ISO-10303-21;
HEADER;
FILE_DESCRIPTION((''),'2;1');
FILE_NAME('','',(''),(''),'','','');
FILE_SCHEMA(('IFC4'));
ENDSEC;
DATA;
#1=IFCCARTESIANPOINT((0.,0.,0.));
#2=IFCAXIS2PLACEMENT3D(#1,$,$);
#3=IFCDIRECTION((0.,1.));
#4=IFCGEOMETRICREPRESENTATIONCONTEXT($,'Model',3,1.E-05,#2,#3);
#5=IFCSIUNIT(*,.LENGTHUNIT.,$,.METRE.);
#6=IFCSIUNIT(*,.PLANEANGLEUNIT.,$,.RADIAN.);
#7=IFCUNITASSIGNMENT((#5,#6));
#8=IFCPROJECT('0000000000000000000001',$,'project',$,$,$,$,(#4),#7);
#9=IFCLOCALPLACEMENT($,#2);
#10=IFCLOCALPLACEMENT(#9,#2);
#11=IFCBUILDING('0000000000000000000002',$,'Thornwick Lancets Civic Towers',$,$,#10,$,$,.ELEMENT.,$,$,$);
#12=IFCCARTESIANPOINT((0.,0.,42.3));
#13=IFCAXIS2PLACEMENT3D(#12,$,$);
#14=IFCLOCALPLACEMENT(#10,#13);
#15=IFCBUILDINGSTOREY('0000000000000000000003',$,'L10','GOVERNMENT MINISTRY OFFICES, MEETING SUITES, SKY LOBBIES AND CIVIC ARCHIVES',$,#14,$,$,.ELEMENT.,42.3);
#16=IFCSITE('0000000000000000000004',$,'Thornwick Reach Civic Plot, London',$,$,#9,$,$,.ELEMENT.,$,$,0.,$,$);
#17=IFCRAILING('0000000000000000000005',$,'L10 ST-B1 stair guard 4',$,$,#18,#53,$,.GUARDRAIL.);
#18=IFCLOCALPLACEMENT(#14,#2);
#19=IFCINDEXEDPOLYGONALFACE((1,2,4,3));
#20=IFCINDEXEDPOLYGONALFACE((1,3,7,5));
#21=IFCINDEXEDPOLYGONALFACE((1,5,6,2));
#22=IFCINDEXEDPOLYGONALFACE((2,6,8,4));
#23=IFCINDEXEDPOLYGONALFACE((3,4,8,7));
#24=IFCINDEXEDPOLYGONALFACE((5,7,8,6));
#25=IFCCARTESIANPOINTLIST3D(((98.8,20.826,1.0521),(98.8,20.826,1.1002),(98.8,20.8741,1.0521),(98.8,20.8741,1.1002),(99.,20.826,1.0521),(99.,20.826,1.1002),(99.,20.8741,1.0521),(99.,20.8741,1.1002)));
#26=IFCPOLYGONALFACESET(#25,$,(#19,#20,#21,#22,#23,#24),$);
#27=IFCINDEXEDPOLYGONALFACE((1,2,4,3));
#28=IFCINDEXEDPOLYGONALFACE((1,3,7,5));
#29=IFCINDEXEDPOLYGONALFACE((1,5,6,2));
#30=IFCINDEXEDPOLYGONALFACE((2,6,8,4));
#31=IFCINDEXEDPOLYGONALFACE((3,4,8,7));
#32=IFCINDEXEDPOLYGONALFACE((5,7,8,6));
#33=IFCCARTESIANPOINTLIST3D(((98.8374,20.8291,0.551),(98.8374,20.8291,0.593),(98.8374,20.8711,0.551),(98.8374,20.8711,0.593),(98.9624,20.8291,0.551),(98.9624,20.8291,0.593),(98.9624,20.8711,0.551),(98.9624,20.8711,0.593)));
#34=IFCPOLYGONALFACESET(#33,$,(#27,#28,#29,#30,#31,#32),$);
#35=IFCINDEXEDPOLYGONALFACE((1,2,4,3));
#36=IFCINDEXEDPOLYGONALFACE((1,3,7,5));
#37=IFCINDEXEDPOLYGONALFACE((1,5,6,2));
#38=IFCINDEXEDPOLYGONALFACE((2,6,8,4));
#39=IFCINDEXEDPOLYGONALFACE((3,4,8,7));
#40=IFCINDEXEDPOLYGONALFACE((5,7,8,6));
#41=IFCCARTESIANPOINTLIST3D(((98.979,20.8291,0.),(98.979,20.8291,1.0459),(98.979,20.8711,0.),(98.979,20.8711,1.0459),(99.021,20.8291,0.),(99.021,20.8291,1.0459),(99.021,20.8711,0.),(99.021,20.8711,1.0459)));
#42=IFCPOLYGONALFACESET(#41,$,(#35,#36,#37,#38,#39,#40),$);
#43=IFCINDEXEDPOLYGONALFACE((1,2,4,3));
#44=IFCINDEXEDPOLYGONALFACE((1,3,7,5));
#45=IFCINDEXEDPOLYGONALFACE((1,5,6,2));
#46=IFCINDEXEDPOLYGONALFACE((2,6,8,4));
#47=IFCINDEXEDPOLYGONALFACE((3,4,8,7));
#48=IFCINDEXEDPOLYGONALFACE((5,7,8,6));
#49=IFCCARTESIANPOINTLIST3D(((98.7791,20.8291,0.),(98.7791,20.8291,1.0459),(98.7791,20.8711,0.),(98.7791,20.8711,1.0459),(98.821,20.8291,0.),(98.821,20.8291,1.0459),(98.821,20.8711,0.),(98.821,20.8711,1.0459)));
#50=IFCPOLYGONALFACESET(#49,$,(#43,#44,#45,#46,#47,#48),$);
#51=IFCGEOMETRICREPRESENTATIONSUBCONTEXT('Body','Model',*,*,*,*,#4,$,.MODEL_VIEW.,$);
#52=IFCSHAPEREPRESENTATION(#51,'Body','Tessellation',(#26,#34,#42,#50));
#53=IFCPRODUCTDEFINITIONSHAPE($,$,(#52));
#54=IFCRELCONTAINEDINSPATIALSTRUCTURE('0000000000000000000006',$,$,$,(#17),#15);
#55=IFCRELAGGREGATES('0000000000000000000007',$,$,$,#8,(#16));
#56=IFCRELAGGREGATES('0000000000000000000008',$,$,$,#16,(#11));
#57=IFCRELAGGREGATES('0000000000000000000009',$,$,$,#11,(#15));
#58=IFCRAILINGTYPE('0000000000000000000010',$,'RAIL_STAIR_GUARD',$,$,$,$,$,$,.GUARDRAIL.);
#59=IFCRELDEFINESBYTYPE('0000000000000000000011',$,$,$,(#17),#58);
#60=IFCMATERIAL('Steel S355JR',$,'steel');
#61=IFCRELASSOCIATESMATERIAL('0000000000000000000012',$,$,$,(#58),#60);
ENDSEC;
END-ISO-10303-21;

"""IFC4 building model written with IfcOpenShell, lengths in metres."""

from ifc_helpers import new_model, si_unit, direction, frame, origin, origin_2d, place, context, subcontext, project, spatial, rectangle, extrude, material, type_object, element, save


model = new_model("IFC4")

# Units and contexts
model_context = context("Model", 3, precision=1e-05, world=origin(), true_north=direction((0.0, 1.0)))
body_context = subcontext(model_context, "Body", "Model", "MODEL_VIEW")
ifc_project = project(units=[si_unit("LENGTHUNIT", "METRE"), si_unit("PLANEANGLEUNIT", "RADIAN")], contexts=[model_context])

# Site, building, storey
site_placement = place(None, origin())
site = spatial("IfcSite", under=ifc_project, at=site_placement, Name="Thornwick Reach Civic Plot, London", CompositionType="ELEMENT", RefElevation=0.0)
building_placement = place(site_placement, origin())
building = spatial("IfcBuilding", under=site, at=building_placement, Name="Thornwick Lancets Civic Towers", CompositionType="ELEMENT")
storey_placement = place(building_placement, frame((0.0, 0.0, 42.3)))
storey = spatial("IfcBuildingStorey", under=building, at=storey_placement, Name="L10", Description="GOVERNMENT MINISTRY OFFICES, MEETING SUITES, SKY LOBBIES AND CIVIC ARCHIVES", CompositionType="ELEMENT", Elevation=42.3)

# Railing
ifc_material_1 = material(Name="Steel S355JR", Category="steel")
railing_type = type_object("IfcRailingType", Name="RAIL_STAIR_GUARD", PredefinedType="GUARDRAIL", material=ifc_material_1)
railing_1_placement = place(storey_placement, frame((99.0, 20.8501, 0.0)))
element("IfcRailing", 1, at=railing_1_placement, inside=storey, type_object=railing_type, Name="L10 ST-B1 stair guard 4", PredefinedType="GUARDRAIL", context=body_context, shape_type="SweptSolid", body=[
    extrude(rectangle(XDim=0.0481, YDim=0.0481, at=origin_2d()), frame((0.0, 0.0, 1.0762), z_axis=(-1.0, 0.0, 0.0), x_axis=(0.0, -1.0, 0.0)), (0.0, 0.0, 1.0), 0.2),
    extrude(rectangle(XDim=0.042, YDim=0.042, at=origin_2d()), frame((-0.0376, 0.0, 0.572), z_axis=(-1.0, 0.0, 0.0), x_axis=(0.0, -1.0, 0.0)), (0.0, 0.0, 1.0), 0.125),
    extrude(rectangle(XDim=0.042, YDim=0.042, at=origin_2d()), origin(), (0.0, 0.0, 1.0), 1.0459),
    extrude(rectangle(XDim=0.042, YDim=0.042, at=origin_2d()), frame((-0.2, 0.0, 0.0)), (0.0, 0.0, 1.0), 1.0459),
])

save(model, "model.ifc")
